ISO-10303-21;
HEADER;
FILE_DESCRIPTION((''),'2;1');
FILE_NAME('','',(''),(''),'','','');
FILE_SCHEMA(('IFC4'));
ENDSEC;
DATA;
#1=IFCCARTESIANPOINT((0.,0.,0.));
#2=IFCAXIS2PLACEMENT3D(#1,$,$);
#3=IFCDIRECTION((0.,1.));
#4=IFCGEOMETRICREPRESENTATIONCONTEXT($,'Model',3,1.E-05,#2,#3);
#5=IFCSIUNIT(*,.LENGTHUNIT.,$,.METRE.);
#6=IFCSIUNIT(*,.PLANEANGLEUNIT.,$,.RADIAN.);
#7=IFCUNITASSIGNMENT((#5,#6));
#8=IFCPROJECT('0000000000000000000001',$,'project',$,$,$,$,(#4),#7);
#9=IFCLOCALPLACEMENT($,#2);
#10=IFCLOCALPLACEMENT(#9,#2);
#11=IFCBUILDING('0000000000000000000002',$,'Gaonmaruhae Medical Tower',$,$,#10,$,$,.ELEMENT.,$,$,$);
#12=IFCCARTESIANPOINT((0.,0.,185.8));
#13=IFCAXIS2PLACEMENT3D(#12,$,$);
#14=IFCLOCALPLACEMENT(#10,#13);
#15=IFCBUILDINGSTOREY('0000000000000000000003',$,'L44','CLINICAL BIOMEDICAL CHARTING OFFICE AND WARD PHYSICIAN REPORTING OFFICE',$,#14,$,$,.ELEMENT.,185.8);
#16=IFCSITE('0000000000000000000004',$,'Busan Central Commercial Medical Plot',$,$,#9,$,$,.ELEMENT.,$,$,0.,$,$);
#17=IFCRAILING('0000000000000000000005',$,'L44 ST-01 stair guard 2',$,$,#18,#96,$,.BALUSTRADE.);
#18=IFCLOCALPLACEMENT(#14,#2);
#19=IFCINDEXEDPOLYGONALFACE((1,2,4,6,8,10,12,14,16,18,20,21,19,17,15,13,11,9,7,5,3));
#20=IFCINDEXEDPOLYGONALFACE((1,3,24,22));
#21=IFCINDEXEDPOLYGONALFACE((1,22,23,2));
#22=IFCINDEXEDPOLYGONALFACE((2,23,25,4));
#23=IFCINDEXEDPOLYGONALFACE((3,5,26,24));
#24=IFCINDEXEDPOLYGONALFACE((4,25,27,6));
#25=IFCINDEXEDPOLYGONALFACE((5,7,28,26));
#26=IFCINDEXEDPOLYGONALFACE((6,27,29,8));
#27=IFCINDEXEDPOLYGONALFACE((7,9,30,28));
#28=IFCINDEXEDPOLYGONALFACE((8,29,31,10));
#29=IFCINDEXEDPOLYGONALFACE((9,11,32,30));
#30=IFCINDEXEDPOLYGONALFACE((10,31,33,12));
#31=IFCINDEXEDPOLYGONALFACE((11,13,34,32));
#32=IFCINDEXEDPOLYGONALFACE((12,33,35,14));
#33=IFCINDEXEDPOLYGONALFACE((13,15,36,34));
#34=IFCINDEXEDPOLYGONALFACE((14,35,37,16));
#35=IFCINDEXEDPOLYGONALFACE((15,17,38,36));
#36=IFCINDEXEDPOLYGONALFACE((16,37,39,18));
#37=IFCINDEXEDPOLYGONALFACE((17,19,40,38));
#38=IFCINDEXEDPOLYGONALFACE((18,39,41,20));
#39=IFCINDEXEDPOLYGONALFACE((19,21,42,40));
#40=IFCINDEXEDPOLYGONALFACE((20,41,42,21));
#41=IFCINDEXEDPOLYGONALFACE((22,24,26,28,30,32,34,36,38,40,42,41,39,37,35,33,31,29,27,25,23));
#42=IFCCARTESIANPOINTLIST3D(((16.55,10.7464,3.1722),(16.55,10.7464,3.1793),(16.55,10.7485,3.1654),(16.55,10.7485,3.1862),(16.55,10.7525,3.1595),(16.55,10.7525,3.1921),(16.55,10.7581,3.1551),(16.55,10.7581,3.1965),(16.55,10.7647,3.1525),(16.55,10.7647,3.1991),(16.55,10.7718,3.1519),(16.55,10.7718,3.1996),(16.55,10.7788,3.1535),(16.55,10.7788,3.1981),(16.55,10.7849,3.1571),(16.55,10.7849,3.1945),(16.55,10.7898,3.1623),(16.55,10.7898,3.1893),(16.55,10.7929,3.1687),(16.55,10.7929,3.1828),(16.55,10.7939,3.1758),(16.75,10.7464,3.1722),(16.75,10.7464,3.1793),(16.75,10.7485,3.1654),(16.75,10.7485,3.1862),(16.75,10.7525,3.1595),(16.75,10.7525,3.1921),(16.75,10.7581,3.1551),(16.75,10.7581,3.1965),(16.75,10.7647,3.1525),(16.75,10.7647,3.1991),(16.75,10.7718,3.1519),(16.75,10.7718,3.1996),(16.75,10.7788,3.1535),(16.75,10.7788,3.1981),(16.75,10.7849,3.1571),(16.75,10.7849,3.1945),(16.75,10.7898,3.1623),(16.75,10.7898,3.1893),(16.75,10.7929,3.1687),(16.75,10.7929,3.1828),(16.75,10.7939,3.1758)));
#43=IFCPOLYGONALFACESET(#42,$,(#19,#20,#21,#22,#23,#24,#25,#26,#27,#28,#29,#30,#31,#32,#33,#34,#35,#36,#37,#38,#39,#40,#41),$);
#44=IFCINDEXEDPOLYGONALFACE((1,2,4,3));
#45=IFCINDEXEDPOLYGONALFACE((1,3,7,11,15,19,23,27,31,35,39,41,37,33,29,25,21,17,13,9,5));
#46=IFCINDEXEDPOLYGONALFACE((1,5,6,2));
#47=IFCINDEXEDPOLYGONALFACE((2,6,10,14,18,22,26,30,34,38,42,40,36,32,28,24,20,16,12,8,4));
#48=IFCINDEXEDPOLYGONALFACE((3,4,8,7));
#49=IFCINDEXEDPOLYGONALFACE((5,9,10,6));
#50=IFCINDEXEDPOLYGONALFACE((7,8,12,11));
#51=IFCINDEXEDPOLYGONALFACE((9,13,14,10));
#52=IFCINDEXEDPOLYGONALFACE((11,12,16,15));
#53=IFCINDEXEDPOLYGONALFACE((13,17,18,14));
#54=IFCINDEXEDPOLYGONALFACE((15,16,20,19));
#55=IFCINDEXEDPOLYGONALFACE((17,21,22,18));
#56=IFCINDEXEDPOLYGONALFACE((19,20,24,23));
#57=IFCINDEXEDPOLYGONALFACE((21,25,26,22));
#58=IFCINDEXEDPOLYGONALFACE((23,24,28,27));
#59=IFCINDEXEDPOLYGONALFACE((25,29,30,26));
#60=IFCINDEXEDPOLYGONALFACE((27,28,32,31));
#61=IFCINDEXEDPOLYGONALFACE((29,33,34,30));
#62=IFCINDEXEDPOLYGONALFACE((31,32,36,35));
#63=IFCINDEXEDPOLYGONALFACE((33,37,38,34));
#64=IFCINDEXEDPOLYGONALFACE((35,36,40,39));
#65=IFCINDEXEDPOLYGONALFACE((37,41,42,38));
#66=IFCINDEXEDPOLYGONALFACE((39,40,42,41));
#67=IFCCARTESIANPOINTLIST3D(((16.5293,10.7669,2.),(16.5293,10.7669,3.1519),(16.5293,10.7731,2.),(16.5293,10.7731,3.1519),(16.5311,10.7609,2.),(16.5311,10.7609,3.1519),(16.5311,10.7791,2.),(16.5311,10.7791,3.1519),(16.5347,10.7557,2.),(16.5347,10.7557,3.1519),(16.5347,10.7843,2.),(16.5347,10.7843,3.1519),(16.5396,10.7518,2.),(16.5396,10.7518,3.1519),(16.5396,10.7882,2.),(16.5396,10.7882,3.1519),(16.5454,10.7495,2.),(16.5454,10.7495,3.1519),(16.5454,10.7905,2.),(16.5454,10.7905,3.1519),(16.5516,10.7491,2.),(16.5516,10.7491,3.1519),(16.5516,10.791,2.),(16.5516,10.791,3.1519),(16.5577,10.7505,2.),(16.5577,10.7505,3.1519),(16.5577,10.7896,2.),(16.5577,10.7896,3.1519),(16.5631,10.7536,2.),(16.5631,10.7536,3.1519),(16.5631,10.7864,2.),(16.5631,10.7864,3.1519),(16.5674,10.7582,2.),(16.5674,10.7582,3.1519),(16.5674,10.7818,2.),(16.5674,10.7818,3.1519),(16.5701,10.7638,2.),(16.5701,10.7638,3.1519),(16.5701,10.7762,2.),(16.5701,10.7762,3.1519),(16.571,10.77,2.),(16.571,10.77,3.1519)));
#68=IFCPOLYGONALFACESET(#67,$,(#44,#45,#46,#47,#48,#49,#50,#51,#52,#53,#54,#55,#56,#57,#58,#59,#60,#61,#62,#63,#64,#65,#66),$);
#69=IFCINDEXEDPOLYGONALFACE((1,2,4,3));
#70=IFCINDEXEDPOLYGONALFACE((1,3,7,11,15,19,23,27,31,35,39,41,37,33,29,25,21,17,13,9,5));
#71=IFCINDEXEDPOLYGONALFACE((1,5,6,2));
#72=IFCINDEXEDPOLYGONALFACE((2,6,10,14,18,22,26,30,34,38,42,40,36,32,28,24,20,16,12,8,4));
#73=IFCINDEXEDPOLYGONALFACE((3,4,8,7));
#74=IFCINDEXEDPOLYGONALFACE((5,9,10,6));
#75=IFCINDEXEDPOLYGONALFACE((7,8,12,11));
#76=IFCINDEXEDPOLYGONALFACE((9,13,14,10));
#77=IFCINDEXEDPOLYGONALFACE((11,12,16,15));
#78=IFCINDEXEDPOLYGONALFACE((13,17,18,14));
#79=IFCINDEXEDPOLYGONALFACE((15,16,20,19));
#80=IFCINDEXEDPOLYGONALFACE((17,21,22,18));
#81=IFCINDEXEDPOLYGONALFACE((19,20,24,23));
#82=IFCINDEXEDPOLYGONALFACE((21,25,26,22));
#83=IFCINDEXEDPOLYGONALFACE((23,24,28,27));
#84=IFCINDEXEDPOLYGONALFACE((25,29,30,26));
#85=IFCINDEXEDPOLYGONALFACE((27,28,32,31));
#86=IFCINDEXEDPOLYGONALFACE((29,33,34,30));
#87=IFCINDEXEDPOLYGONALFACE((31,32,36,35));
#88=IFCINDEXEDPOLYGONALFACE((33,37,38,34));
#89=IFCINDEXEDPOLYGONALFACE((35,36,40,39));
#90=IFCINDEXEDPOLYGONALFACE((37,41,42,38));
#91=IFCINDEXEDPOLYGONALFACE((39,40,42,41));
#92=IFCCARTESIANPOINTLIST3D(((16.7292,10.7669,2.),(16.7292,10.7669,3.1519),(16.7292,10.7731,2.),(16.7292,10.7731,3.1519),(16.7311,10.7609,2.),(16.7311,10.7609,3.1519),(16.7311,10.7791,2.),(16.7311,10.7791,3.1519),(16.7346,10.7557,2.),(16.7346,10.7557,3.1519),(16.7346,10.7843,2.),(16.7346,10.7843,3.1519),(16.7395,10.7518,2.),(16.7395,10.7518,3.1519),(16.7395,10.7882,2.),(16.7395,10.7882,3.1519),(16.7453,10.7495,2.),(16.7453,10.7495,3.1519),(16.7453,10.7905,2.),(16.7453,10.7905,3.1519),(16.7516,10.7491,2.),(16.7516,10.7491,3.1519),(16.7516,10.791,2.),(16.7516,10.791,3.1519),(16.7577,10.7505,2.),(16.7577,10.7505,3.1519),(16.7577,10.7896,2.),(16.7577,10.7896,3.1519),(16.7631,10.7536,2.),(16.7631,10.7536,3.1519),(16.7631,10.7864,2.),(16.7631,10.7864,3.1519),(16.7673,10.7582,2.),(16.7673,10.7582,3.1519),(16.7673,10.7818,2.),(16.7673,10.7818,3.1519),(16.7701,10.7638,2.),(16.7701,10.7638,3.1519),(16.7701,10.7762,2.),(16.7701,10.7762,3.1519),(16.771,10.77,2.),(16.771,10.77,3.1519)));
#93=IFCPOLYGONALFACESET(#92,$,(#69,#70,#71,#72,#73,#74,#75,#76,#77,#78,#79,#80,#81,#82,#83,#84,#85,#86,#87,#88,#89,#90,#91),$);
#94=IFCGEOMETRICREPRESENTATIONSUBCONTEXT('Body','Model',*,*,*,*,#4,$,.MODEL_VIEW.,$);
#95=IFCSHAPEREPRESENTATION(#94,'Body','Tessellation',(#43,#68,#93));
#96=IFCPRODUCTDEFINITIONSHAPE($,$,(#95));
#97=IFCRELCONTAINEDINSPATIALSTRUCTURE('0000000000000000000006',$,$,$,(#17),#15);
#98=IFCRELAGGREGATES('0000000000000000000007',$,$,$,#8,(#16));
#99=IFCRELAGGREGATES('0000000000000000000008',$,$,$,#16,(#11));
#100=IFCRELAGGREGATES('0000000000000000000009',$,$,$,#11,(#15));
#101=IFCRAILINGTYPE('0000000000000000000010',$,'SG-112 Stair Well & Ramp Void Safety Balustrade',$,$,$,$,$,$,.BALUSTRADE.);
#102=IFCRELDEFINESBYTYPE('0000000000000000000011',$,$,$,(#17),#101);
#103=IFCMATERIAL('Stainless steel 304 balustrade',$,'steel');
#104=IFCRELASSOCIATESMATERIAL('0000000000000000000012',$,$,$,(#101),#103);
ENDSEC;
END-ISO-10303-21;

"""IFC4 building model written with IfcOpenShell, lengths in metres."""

from ifc_helpers import new_model, si_unit, direction, frame, origin, origin_2d, place, context, subcontext, project, spatial, circle, extrude, material, type_object, element, save


model = new_model("IFC4")

# Units and contexts
model_context = context("Model", 3, precision=1e-05, world=origin(), true_north=direction((0.0, 1.0)))
body_context = subcontext(model_context, "Body", "Model", "MODEL_VIEW")
ifc_project = project(units=[si_unit("LENGTHUNIT", "METRE"), si_unit("PLANEANGLEUNIT", "RADIAN")], contexts=[model_context])

# Site, building, storey
site_placement = place(None, origin())
site = spatial("IfcSite", under=ifc_project, at=site_placement, Name="Busan Central Commercial Medical Plot", CompositionType="ELEMENT", RefElevation=0.0)
building_placement = place(site_placement, origin())
building = spatial("IfcBuilding", under=site, at=building_placement, Name="Gaonmaruhae Medical Tower", CompositionType="ELEMENT")
storey_placement = place(building_placement, frame((0.0, 0.0, 185.8)))
storey = spatial("IfcBuildingStorey", under=building, at=storey_placement, Name="L44", Description="CLINICAL BIOMEDICAL CHARTING OFFICE AND WARD PHYSICIAN REPORTING OFFICE", CompositionType="ELEMENT", Elevation=185.8)

# Railing
ifc_material_1 = material(Name="Stainless steel 304 balustrade", Category="steel")
railing_type_1 = type_object("IfcRailingType", Name="SG-112 Stair Well & Ramp Void Safety Balustrade", PredefinedType="BALUSTRADE", material=ifc_material_1)
railing_1_placement = place(storey_placement, frame((16.55, 10.77, 2.0)))
element("IfcRailing", 1, at=railing_1_placement, inside=storey, type_object=railing_type_1, Name="L44 ST-01 stair guard 2", PredefinedType="BALUSTRADE", context=body_context, shape_type="SweptSolid", body=[
    extrude(circle(Radius=0.0239, at=origin_2d()), frame((0.0, 0.0, 1.1758), z_axis=(1.0, 0.0, 0.0), x_axis=(0.0, 1.0, 0.0)), (0.0, 0.0, 1.0), 0.2),
    extrude(circle(Radius=0.021, at=origin_2d()), origin(), (0.0, 0.0, 1.0), 1.1519),
    extrude(circle(Radius=0.021, at=origin_2d()), frame((0.2, 0.0, 0.0)), (0.0, 0.0, 1.0), 1.1519),
])

save(model, "model.ifc")
